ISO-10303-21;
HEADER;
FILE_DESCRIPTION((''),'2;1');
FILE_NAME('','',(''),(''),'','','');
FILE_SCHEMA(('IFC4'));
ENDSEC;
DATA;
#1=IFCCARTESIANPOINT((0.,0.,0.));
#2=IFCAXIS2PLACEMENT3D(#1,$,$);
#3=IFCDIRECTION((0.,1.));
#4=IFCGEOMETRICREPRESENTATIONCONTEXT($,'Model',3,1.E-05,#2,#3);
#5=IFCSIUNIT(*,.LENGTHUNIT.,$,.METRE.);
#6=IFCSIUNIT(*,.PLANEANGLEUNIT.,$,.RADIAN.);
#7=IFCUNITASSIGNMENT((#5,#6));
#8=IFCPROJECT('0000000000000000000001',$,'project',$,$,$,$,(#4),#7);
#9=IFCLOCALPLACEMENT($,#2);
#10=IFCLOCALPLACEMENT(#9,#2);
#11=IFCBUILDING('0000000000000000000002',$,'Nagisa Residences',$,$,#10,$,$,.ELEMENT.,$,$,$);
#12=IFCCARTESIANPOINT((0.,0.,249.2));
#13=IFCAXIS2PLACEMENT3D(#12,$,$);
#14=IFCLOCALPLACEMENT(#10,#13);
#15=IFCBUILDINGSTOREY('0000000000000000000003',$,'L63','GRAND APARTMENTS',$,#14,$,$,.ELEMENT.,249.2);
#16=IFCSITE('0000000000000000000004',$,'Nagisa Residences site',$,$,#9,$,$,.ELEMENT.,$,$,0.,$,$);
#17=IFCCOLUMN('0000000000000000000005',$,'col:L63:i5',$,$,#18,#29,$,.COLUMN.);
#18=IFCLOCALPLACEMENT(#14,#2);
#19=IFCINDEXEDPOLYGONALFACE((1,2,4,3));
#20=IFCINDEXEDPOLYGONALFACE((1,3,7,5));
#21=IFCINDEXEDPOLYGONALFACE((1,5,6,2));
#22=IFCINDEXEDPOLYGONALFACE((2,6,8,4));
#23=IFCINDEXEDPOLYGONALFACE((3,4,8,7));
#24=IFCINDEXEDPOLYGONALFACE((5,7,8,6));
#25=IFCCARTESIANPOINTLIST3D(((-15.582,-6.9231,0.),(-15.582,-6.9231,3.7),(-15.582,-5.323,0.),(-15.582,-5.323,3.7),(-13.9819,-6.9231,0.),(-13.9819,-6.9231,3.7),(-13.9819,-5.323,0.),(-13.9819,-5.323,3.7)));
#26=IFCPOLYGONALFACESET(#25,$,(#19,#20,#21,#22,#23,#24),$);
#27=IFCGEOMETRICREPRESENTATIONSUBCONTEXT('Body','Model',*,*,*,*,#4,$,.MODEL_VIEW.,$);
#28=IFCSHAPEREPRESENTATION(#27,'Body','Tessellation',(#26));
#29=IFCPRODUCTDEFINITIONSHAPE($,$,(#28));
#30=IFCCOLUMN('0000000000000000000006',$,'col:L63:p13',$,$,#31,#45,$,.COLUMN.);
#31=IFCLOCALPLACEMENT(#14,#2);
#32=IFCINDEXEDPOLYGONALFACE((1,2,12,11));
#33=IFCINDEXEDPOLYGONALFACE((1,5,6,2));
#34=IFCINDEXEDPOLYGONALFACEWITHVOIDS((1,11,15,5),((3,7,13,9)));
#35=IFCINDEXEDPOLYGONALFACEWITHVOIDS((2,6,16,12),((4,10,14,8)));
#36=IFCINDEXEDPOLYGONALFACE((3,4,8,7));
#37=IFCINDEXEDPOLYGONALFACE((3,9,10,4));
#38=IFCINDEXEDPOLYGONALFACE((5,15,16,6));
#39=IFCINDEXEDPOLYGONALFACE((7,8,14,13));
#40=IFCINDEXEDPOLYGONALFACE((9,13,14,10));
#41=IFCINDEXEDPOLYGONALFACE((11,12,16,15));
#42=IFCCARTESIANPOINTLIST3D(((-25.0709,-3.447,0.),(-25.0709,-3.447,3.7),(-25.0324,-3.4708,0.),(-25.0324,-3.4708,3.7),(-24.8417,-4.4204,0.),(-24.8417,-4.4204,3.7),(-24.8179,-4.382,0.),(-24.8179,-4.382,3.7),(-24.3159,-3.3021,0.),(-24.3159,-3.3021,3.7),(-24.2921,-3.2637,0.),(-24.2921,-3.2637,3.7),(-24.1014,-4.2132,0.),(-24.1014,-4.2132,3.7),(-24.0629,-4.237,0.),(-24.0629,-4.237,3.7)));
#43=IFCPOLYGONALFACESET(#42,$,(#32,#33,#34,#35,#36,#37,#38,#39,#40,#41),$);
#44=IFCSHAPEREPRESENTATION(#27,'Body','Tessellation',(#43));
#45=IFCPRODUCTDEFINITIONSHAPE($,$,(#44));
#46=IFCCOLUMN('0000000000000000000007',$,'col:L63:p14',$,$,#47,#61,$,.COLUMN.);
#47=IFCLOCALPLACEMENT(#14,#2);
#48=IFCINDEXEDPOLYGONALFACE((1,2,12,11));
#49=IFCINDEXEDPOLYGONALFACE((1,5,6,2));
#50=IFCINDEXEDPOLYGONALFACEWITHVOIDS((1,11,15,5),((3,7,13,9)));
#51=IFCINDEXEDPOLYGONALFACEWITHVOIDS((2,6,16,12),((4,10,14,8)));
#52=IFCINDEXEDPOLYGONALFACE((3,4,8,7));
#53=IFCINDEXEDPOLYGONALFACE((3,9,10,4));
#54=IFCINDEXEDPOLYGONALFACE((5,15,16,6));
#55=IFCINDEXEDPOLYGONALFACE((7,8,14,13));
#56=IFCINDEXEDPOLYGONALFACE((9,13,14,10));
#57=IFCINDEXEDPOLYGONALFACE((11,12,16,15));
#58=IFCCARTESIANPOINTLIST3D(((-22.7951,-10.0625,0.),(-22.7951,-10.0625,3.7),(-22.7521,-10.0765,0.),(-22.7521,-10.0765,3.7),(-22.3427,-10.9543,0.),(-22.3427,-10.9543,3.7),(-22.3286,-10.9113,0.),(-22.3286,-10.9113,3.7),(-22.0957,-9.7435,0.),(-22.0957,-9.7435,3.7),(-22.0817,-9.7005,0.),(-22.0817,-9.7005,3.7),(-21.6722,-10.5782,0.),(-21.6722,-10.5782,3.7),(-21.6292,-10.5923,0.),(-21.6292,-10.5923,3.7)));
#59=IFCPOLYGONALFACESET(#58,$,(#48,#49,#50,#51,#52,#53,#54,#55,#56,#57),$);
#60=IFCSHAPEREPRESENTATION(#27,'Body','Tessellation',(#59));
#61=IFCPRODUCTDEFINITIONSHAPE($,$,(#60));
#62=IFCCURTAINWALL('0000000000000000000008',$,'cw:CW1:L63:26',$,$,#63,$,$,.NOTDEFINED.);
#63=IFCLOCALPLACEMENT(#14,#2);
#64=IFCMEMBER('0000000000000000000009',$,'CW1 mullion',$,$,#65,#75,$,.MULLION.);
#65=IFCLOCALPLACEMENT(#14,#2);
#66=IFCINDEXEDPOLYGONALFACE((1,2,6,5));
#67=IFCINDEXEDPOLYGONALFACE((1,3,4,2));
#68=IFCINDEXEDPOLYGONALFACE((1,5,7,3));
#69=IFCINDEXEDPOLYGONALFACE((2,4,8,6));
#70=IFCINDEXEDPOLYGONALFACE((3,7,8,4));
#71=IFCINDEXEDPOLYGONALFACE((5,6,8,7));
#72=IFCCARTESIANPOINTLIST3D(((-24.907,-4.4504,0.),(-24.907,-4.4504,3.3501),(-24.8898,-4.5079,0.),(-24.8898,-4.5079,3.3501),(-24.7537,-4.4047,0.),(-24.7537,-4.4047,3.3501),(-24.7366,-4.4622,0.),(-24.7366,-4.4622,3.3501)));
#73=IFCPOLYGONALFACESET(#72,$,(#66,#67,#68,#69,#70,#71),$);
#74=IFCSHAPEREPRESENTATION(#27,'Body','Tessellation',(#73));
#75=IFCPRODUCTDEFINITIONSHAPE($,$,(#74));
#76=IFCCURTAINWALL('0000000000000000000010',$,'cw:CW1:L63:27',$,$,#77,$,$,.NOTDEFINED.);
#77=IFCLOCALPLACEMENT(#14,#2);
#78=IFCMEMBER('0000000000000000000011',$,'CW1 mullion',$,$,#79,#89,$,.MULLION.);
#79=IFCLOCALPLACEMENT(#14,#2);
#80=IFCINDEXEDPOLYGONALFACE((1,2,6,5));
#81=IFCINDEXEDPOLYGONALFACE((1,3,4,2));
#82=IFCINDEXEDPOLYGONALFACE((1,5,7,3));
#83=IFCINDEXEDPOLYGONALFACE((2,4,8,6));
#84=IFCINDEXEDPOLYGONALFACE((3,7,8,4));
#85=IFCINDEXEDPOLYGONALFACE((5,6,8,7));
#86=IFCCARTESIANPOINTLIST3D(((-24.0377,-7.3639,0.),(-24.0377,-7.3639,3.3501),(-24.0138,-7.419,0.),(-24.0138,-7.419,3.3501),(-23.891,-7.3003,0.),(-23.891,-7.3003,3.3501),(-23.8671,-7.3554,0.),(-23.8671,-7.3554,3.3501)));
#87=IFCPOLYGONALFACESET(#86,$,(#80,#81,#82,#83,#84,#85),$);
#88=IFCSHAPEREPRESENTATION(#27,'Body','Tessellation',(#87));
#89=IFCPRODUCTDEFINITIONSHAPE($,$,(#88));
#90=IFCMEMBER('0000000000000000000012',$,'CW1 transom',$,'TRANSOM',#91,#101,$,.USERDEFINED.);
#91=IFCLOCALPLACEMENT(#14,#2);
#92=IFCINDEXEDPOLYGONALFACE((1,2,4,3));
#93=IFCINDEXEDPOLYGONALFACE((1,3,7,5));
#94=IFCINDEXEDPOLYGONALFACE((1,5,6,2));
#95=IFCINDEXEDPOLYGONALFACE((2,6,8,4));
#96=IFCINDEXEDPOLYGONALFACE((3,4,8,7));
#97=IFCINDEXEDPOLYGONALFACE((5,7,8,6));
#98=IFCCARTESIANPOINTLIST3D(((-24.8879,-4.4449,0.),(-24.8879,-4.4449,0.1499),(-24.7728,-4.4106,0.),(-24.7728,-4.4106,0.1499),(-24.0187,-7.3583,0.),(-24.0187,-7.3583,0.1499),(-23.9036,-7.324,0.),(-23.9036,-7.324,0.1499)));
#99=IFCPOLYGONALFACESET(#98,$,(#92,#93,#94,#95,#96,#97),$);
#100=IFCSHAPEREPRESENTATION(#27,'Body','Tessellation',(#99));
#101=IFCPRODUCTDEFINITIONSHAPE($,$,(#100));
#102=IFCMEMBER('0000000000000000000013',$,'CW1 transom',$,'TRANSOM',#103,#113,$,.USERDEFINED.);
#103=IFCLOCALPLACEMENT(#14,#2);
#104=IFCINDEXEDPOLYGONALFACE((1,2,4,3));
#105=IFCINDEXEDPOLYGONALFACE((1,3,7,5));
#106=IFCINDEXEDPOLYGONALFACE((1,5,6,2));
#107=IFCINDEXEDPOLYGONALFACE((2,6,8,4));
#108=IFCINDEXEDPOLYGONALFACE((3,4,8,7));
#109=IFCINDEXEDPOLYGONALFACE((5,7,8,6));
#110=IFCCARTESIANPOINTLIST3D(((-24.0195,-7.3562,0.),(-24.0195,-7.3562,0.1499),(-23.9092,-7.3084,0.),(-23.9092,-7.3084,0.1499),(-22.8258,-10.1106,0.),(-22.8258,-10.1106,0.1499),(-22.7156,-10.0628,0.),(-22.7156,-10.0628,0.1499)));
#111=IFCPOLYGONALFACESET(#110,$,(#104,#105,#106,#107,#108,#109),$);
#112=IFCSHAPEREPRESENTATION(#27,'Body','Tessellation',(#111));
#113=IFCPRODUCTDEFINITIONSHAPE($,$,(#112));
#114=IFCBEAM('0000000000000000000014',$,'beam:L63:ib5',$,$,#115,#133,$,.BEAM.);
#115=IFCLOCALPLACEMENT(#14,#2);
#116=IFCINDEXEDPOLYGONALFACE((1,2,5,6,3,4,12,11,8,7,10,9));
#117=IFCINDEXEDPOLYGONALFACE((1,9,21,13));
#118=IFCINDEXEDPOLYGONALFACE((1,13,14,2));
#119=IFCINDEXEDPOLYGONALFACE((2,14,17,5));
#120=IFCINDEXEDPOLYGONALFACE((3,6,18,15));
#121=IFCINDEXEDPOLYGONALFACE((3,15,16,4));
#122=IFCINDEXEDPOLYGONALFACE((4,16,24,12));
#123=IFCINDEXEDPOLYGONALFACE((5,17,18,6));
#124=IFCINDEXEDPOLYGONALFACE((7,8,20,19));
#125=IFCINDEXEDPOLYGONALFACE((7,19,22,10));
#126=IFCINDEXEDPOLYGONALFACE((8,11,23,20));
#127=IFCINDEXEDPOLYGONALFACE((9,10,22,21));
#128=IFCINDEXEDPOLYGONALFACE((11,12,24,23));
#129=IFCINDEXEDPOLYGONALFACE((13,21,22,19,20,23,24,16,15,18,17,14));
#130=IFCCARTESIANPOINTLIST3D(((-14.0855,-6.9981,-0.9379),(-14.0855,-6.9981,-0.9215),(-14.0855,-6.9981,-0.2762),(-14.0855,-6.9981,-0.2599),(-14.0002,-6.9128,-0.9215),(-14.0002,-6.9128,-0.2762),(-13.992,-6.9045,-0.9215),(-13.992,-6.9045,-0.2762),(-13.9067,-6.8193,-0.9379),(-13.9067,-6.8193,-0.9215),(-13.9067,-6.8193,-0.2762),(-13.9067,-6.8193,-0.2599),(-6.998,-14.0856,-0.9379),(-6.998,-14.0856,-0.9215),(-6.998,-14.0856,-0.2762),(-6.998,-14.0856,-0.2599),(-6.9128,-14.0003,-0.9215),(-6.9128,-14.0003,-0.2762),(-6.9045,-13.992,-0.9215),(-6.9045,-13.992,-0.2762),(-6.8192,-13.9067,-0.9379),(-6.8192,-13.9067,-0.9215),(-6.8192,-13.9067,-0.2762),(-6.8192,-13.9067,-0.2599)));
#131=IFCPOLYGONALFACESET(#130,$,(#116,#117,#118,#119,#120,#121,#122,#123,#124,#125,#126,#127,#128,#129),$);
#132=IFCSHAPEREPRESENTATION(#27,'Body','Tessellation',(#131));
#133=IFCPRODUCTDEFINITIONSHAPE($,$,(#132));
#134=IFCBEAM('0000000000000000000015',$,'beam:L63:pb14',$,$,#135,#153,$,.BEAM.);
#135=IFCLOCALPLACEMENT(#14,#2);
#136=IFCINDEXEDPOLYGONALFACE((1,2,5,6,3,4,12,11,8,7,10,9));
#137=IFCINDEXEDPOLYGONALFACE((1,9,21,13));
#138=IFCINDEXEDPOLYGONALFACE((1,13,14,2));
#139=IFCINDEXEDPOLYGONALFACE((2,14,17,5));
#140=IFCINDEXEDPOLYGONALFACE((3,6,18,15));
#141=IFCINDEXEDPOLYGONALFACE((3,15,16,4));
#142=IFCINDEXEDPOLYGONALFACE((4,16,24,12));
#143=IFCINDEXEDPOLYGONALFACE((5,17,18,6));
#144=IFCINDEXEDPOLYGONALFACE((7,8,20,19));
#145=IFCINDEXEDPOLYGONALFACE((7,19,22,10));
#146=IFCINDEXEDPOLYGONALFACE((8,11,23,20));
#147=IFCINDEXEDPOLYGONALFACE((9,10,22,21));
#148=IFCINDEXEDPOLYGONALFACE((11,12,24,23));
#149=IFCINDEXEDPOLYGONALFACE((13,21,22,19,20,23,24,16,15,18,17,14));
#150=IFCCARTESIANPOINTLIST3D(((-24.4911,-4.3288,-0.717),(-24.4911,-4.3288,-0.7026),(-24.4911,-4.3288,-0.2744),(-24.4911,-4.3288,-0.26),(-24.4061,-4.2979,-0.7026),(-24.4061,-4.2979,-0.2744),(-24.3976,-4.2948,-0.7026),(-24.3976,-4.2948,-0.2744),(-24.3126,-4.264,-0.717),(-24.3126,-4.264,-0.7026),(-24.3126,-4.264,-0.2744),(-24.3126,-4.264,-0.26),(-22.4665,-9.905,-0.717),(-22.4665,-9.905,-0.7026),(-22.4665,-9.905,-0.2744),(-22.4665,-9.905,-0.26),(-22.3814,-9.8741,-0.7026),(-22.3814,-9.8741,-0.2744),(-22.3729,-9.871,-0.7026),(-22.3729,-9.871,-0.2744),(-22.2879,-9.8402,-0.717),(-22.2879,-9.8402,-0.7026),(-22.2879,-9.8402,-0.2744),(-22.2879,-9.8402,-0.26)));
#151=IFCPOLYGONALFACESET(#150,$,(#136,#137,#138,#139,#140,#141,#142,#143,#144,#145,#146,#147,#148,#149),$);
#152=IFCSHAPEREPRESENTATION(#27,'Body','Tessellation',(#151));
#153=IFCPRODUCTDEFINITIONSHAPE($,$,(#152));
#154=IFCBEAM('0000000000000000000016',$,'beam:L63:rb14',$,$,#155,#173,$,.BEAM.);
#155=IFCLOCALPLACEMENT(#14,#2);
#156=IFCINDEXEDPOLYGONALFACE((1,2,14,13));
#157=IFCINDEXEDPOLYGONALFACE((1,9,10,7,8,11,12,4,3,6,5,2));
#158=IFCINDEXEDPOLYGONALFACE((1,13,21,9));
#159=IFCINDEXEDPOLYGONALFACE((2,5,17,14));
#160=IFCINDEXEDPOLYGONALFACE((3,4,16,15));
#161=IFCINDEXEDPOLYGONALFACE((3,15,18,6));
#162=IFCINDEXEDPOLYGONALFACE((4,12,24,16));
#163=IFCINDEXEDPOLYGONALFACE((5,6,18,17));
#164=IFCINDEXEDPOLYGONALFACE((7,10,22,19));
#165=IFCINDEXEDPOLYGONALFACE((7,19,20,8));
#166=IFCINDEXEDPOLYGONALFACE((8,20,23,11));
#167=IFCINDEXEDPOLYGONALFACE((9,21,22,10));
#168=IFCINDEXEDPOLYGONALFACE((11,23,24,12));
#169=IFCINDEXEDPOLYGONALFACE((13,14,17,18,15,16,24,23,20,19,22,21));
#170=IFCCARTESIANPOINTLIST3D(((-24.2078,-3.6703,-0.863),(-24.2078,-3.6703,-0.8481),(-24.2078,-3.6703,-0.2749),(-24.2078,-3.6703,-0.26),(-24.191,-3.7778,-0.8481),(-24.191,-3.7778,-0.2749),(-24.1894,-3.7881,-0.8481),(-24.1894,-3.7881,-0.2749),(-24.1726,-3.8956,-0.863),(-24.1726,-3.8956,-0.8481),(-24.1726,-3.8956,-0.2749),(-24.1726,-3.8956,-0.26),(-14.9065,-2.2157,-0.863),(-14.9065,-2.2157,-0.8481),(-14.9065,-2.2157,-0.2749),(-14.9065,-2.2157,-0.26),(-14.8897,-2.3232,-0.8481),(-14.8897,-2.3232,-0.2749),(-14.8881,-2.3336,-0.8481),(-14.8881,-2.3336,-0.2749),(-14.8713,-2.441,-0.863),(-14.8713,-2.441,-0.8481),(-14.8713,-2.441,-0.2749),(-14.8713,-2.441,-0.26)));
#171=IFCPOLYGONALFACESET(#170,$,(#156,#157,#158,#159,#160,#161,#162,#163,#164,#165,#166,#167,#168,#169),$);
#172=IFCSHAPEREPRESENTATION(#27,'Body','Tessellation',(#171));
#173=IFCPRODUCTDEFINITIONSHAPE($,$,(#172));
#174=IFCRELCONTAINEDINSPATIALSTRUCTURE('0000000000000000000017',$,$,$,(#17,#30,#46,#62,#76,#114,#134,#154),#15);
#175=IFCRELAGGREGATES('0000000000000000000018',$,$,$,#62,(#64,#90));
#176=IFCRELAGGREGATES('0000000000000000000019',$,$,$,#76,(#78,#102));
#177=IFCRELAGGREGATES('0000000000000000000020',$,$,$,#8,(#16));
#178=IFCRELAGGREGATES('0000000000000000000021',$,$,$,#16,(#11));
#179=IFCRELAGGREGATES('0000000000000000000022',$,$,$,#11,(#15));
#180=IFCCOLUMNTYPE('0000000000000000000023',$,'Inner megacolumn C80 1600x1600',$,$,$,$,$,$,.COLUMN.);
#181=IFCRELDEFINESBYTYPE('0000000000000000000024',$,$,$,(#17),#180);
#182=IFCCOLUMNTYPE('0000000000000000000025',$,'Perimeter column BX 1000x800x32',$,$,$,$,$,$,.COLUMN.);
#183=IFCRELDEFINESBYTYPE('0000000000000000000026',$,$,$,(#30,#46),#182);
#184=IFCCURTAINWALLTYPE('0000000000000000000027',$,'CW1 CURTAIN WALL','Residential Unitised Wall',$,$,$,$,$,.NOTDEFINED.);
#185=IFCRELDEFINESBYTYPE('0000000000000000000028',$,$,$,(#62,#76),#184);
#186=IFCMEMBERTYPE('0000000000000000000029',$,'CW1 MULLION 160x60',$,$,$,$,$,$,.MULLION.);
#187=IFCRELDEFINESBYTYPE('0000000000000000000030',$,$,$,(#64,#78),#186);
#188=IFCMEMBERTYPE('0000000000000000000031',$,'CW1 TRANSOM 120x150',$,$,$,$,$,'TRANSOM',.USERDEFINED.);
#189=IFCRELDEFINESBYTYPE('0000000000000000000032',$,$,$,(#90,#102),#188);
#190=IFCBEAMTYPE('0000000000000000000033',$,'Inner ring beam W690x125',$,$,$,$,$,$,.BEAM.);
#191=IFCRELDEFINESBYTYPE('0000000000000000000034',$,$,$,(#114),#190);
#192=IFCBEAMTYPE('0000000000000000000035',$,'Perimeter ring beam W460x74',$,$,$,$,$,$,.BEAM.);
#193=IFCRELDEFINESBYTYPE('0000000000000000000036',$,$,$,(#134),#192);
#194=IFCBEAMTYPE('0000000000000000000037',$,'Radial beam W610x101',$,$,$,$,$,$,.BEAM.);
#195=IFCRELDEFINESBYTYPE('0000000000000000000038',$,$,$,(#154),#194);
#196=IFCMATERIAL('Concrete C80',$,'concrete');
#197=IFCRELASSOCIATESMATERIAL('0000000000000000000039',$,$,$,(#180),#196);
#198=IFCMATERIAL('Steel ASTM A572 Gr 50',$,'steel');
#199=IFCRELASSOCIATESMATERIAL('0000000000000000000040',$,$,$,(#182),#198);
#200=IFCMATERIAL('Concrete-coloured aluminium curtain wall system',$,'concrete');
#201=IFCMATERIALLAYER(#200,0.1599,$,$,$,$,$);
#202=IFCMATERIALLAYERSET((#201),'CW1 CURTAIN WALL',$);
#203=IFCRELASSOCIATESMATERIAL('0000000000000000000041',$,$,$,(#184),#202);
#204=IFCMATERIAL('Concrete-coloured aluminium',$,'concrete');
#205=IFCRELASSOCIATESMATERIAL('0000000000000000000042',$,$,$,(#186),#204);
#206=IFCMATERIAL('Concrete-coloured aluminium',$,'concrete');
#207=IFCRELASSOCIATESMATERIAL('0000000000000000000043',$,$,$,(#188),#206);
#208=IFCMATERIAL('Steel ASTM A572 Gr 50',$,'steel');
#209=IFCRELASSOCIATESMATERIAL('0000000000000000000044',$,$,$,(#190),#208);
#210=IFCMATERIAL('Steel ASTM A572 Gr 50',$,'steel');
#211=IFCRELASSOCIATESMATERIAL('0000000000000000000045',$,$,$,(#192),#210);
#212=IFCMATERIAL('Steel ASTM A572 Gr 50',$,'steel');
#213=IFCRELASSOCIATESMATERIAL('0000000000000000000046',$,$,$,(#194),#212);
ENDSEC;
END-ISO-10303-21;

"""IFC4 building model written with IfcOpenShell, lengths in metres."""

from ifc_helpers import new_model, si_unit, direction, frame, origin, origin_2d, place, context, subcontext, project, spatial, rectangle, hollow_rectangle, i_section, extrude, material, layer, layer_set, material_profile, profile_set, type_object, element, aggregate, save


model = new_model("IFC4")

# Units and contexts
model_context = context("Model", 3, precision=1e-05, world=origin(), true_north=direction((0.0, 1.0)))
body_context = subcontext(model_context, "Body", "Model", "MODEL_VIEW")
ifc_project = project(units=[si_unit("LENGTHUNIT", "METRE"), si_unit("PLANEANGLEUNIT", "RADIAN")], contexts=[model_context])

# Site, building, storey
site_placement = place(None, origin())
site = spatial("IfcSite", under=ifc_project, at=site_placement, Name="Nagisa Residences site", CompositionType="ELEMENT", RefElevation=0.0)
building_placement = place(site_placement, origin())
building = spatial("IfcBuilding", under=site, at=building_placement, Name="Nagisa Residences", CompositionType="ELEMENT")
storey_placement = place(building_placement, frame((0.0, 0.0, 249.2)))
storey = spatial("IfcBuildingStorey", under=building, at=storey_placement, Name="L63", Description="GRAND APARTMENTS", CompositionType="ELEMENT", Elevation=249.2)

# Columns
ifc_material_1 = material(Name="Concrete C80", Category="concrete")
ifc_material_profile_1 = material_profile(ifc_material_1, rectangle(XDim=1.6001, YDim=1.6001, at=origin_2d()), Name="C80 1600x1600")
ifc_profile_set_1 = profile_set([ifc_material_profile_1], Name="Concrete C80")
column_type_1 = type_object("IfcColumnType", Name="Inner megacolumn C80 1600x1600", PredefinedType="COLUMN", material=ifc_profile_set_1)
column_placement = place(storey_placement, frame((-14.782, -6.123, 0.0), z_axis=(0.0, 0.0, 1.0), x_axis=(1.0, 0.0, 0.0)))
element("IfcColumn", 1, at=column_placement, inside=storey, type_object=column_type_1, Name="col:L63:i5", PredefinedType="COLUMN", context=body_context, shape_type="SweptSolid", body=[
    extrude(rectangle(XDim=1.6001, YDim=1.6001, at=origin_2d()), origin(), (0.0, 0.0, 1.0), 3.7),
])
ifc_material_2 = material(Name="Steel ASTM A572 Gr 50", Category="steel")
ifc_material_profile_2 = material_profile(ifc_material_2, hollow_rectangle(XDim=1.0, YDim=0.8, WallThickness=0.032, at=origin_2d()), Name="BX 1000x800x32")
ifc_profile_set_2 = profile_set([ifc_material_profile_2], Name="Steel ASTM A572 Gr 50")
column_type_2 = type_object("IfcColumnType", Name="Perimeter column BX 1000x800x32", PredefinedType="COLUMN", material=ifc_profile_set_2)
for number, where, z_axis, x_axis, name in (
    (2, (-24.5669, -3.842, 0.0), (0.0, 0.0, 1.0), (0.229202, -0.973379, 0.0), "col:L63:p13"),
    (3, (-22.2122, -10.3274, 0.0), (0.0, 0.0, 1.0), (0.452463, -0.891783, 0.0), "col:L63:p14"),
):
    element("IfcColumn", number, at=place(storey_placement, frame(where, z_axis=z_axis, x_axis=x_axis)), inside=storey, type_object=column_type_2, Name=name, PredefinedType="COLUMN", context=body_context, shape_type="SweptSolid", body=[
        extrude(hollow_rectangle(XDim=1.0, YDim=0.8, WallThickness=0.032, at=origin_2d()), origin(), (0.0, 0.0, 1.0), 3.7),
    ])

# Curtain walls, members
ifc_material_3 = material(Name="Concrete-coloured aluminium curtain wall system", Category="concrete")
ifc_layer_1 = layer(ifc_material_3, 0.1599)
ifc_layer_set_1 = layer_set([ifc_layer_1], Name="CW1 CURTAIN WALL")
curtain_wall_type = type_object("IfcCurtainWallType", Name="CW1 CURTAIN WALL", Description="Residential Unitised Wall", PredefinedType="NOTDEFINED", material=ifc_layer_set_1)
curtain_wall_1_placement = place(storey_placement, origin())
curtain_wall_1 = element("IfcCurtainWall", 4, at=curtain_wall_1_placement, inside=storey, type_object=curtain_wall_type, Name="cw:CW1:L63:26", PredefinedType="NOTDEFINED")
ifc_material_4 = material(Name="Concrete-coloured aluminium", Category="concrete")
ifc_material_profile_3 = material_profile(ifc_material_4, rectangle(XDim=0.1599, YDim=0.0601, at=origin_2d()), Name="CW1 MULLION 160x60")
ifc_profile_set_3 = profile_set([ifc_material_profile_3], Name="Concrete-coloured aluminium")
member_type_1 = type_object("IfcMemberType", Name="CW1 MULLION 160x60", PredefinedType="MULLION", material=ifc_profile_set_3)
member_1_placement = place(storey_placement, frame((-24.8218, -4.4563, 0.0), z_axis=(0.0, 0.0, 1.0), x_axis=(0.958271, 0.28586, 0.0)))
member_1 = element("IfcMember", 5, at=member_1_placement, type_object=member_type_1, Name="CW1 mullion", PredefinedType="MULLION", context=body_context, shape_type="SweptSolid", body=[
    extrude(rectangle(XDim=0.1599, YDim=0.0601, at=origin_2d()), origin(), (0.0, 0.0, 1.0), 3.3501),
])
curtain_wall_2_placement = place(storey_placement, origin())
curtain_wall_2 = element("IfcCurtainWall", 6, at=curtain_wall_2_placement, inside=storey, type_object=curtain_wall_type, Name="cw:CW1:L63:27", PredefinedType="NOTDEFINED")
member_2_placement = place(storey_placement, frame((-23.9524, -7.3596, 0.0), z_axis=(0.0, 0.0, 1.0), x_axis=(0.917543, 0.397636, 0.0)))
member_2 = element("IfcMember", 7, at=member_2_placement, type_object=member_type_1, Name="CW1 mullion", PredefinedType="MULLION", context=body_context, shape_type="SweptSolid", body=[
    extrude(rectangle(XDim=0.1599, YDim=0.0601, at=origin_2d()), origin(), (0.0, 0.0, 1.0), 3.3501),
])

# Members
ifc_material_5 = material(Name="Concrete-coloured aluminium", Category="concrete")
ifc_material_profile_4 = material_profile(ifc_material_5, rectangle(XDim=0.1201, YDim=0.1499, at=origin_2d()), Name="CW1 TRANSOM 120x150")
ifc_profile_set_4 = profile_set([ifc_material_profile_4], Name="Concrete-coloured aluminium")
member_type_2 = type_object("IfcMemberType", Name="CW1 TRANSOM 120x150", ElementType="TRANSOM", PredefinedType="USERDEFINED", material=ifc_profile_set_4)
member_3_placement = place(storey_placement, frame((-24.8303, -4.4277, 0.075), z_axis=(0.285881, -0.958265, 0.0), x_axis=(0.958265, 0.285881, 0.0)))
member_3 = element("IfcMember", 8, at=member_3_placement, type_object=member_type_2, Name="CW1 transom", ObjectType="TRANSOM", PredefinedType="USERDEFINED", context=body_context, shape_type="SweptSolid", body=[
    extrude(rectangle(XDim=0.1201, YDim=0.1499, at=origin_2d()), origin(), (0.0, 0.0, 1.0), 3.0403),
])
member_4_placement = place(storey_placement, frame((-23.9644, -7.3323, 0.075), z_axis=(0.397617, -0.917552, 0.0), x_axis=(0.917552, 0.397617, 0.0)))
member_4 = element("IfcMember", 9, at=member_4_placement, type_object=member_type_2, Name="CW1 transom", ObjectType="TRANSOM", PredefinedType="USERDEFINED", context=body_context, shape_type="SweptSolid", body=[
    extrude(rectangle(XDim=0.1201, YDim=0.1499, at=origin_2d()), origin(), (0.0, 0.0, 1.0), 3.002),
])

# Beams
ifc_material_6 = material(Name="Steel ASTM A572 Gr 50", Category="steel")
ifc_material_profile_5 = material_profile(ifc_material_6, i_section(OverallWidth=0.2529, OverallDepth=0.678, WebThickness=0.0117, FlangeThickness=0.0164, at=origin_2d()), Name="W690x125")
ifc_profile_set_5 = profile_set([ifc_material_profile_5], Name="Steel ASTM A572 Gr 50")
beam_type_1 = type_object("IfcBeamType", Name="Inner ring beam W690x125", PredefinedType="BEAM", material=ifc_profile_set_5)
beam_1_placement = place(storey_placement, frame((-13.9961, -6.9087, -0.5989), z_axis=(0.707107, -0.707107, 0.0), x_axis=(0.707107, 0.707107, 0.0)))
element("IfcBeam", 10, at=beam_1_placement, inside=storey, type_object=beam_type_1, Name="beam:L63:ib5", PredefinedType="BEAM", context=body_context, shape_type="SweptSolid", body=[
    extrude(i_section(OverallWidth=0.2529, OverallDepth=0.678, WebThickness=0.0117, FlangeThickness=0.0164, at=origin_2d()), origin(), (0.0, 0.0, 1.0), 10.0232),
])
ifc_material_7 = material(Name="Steel ASTM A572 Gr 50", Category="steel")
ifc_material_profile_6 = material_profile(ifc_material_7, i_section(OverallWidth=0.1899, OverallDepth=0.457, WebThickness=0.009, FlangeThickness=0.0144, at=origin_2d()), Name="W460x74")
ifc_profile_set_6 = profile_set([ifc_material_profile_6], Name="Steel ASTM A572 Gr 50")
beam_type_2 = type_object("IfcBeamType", Name="Perimeter ring beam W460x74", PredefinedType="BEAM", material=ifc_profile_set_6)
beam_2_placement = place(storey_placement, frame((-24.4019, -4.2964, -0.4885), z_axis=(0.34129, -0.939958, 0.0), x_axis=(0.939958, 0.34129, 0.0)))
element("IfcBeam", 11, at=beam_2_placement, inside=storey, type_object=beam_type_2, Name="beam:L63:pb14", PredefinedType="BEAM", context=body_context, shape_type="SweptSolid", body=[
    extrude(i_section(OverallWidth=0.1899, OverallDepth=0.457, WebThickness=0.009, FlangeThickness=0.0144, at=origin_2d()), origin(), (0.0, 0.0, 1.0), 5.9324),
])
ifc_material_8 = material(Name="Steel ASTM A572 Gr 50", Category="steel")
ifc_material_profile_7 = material_profile(ifc_material_8, i_section(OverallWidth=0.228, OverallDepth=0.603, WebThickness=0.0105, FlangeThickness=0.0149, at=origin_2d()), Name="W610x101")
ifc_profile_set_7 = profile_set([ifc_material_profile_7], Name="Steel ASTM A572 Gr 50")
beam_type_3 = type_object("IfcBeamType", Name="Radial beam W610x101", PredefinedType="BEAM", material=ifc_profile_set_7)
beam_3_placement = place(storey_placement, frame((-24.1902, -3.783, -0.5615), z_axis=(0.987992, 0.154508, 0.0), x_axis=(-0.154508, 0.987992, 0.0)))
element("IfcBeam", 12, at=beam_3_placement, inside=storey, type_object=beam_type_3, Name="beam:L63:rb14", PredefinedType="BEAM", context=body_context, shape_type="SweptSolid", body=[
    extrude(i_section(OverallWidth=0.228, OverallDepth=0.603, WebThickness=0.0105, FlangeThickness=0.0149, at=origin_2d()), origin(), (0.0, 0.0, 1.0), 9.4143),
])

aggregate(curtain_wall_1, [member_1, member_3])
aggregate(curtain_wall_2, [member_2, member_4])

save(model, "model.ifc")
